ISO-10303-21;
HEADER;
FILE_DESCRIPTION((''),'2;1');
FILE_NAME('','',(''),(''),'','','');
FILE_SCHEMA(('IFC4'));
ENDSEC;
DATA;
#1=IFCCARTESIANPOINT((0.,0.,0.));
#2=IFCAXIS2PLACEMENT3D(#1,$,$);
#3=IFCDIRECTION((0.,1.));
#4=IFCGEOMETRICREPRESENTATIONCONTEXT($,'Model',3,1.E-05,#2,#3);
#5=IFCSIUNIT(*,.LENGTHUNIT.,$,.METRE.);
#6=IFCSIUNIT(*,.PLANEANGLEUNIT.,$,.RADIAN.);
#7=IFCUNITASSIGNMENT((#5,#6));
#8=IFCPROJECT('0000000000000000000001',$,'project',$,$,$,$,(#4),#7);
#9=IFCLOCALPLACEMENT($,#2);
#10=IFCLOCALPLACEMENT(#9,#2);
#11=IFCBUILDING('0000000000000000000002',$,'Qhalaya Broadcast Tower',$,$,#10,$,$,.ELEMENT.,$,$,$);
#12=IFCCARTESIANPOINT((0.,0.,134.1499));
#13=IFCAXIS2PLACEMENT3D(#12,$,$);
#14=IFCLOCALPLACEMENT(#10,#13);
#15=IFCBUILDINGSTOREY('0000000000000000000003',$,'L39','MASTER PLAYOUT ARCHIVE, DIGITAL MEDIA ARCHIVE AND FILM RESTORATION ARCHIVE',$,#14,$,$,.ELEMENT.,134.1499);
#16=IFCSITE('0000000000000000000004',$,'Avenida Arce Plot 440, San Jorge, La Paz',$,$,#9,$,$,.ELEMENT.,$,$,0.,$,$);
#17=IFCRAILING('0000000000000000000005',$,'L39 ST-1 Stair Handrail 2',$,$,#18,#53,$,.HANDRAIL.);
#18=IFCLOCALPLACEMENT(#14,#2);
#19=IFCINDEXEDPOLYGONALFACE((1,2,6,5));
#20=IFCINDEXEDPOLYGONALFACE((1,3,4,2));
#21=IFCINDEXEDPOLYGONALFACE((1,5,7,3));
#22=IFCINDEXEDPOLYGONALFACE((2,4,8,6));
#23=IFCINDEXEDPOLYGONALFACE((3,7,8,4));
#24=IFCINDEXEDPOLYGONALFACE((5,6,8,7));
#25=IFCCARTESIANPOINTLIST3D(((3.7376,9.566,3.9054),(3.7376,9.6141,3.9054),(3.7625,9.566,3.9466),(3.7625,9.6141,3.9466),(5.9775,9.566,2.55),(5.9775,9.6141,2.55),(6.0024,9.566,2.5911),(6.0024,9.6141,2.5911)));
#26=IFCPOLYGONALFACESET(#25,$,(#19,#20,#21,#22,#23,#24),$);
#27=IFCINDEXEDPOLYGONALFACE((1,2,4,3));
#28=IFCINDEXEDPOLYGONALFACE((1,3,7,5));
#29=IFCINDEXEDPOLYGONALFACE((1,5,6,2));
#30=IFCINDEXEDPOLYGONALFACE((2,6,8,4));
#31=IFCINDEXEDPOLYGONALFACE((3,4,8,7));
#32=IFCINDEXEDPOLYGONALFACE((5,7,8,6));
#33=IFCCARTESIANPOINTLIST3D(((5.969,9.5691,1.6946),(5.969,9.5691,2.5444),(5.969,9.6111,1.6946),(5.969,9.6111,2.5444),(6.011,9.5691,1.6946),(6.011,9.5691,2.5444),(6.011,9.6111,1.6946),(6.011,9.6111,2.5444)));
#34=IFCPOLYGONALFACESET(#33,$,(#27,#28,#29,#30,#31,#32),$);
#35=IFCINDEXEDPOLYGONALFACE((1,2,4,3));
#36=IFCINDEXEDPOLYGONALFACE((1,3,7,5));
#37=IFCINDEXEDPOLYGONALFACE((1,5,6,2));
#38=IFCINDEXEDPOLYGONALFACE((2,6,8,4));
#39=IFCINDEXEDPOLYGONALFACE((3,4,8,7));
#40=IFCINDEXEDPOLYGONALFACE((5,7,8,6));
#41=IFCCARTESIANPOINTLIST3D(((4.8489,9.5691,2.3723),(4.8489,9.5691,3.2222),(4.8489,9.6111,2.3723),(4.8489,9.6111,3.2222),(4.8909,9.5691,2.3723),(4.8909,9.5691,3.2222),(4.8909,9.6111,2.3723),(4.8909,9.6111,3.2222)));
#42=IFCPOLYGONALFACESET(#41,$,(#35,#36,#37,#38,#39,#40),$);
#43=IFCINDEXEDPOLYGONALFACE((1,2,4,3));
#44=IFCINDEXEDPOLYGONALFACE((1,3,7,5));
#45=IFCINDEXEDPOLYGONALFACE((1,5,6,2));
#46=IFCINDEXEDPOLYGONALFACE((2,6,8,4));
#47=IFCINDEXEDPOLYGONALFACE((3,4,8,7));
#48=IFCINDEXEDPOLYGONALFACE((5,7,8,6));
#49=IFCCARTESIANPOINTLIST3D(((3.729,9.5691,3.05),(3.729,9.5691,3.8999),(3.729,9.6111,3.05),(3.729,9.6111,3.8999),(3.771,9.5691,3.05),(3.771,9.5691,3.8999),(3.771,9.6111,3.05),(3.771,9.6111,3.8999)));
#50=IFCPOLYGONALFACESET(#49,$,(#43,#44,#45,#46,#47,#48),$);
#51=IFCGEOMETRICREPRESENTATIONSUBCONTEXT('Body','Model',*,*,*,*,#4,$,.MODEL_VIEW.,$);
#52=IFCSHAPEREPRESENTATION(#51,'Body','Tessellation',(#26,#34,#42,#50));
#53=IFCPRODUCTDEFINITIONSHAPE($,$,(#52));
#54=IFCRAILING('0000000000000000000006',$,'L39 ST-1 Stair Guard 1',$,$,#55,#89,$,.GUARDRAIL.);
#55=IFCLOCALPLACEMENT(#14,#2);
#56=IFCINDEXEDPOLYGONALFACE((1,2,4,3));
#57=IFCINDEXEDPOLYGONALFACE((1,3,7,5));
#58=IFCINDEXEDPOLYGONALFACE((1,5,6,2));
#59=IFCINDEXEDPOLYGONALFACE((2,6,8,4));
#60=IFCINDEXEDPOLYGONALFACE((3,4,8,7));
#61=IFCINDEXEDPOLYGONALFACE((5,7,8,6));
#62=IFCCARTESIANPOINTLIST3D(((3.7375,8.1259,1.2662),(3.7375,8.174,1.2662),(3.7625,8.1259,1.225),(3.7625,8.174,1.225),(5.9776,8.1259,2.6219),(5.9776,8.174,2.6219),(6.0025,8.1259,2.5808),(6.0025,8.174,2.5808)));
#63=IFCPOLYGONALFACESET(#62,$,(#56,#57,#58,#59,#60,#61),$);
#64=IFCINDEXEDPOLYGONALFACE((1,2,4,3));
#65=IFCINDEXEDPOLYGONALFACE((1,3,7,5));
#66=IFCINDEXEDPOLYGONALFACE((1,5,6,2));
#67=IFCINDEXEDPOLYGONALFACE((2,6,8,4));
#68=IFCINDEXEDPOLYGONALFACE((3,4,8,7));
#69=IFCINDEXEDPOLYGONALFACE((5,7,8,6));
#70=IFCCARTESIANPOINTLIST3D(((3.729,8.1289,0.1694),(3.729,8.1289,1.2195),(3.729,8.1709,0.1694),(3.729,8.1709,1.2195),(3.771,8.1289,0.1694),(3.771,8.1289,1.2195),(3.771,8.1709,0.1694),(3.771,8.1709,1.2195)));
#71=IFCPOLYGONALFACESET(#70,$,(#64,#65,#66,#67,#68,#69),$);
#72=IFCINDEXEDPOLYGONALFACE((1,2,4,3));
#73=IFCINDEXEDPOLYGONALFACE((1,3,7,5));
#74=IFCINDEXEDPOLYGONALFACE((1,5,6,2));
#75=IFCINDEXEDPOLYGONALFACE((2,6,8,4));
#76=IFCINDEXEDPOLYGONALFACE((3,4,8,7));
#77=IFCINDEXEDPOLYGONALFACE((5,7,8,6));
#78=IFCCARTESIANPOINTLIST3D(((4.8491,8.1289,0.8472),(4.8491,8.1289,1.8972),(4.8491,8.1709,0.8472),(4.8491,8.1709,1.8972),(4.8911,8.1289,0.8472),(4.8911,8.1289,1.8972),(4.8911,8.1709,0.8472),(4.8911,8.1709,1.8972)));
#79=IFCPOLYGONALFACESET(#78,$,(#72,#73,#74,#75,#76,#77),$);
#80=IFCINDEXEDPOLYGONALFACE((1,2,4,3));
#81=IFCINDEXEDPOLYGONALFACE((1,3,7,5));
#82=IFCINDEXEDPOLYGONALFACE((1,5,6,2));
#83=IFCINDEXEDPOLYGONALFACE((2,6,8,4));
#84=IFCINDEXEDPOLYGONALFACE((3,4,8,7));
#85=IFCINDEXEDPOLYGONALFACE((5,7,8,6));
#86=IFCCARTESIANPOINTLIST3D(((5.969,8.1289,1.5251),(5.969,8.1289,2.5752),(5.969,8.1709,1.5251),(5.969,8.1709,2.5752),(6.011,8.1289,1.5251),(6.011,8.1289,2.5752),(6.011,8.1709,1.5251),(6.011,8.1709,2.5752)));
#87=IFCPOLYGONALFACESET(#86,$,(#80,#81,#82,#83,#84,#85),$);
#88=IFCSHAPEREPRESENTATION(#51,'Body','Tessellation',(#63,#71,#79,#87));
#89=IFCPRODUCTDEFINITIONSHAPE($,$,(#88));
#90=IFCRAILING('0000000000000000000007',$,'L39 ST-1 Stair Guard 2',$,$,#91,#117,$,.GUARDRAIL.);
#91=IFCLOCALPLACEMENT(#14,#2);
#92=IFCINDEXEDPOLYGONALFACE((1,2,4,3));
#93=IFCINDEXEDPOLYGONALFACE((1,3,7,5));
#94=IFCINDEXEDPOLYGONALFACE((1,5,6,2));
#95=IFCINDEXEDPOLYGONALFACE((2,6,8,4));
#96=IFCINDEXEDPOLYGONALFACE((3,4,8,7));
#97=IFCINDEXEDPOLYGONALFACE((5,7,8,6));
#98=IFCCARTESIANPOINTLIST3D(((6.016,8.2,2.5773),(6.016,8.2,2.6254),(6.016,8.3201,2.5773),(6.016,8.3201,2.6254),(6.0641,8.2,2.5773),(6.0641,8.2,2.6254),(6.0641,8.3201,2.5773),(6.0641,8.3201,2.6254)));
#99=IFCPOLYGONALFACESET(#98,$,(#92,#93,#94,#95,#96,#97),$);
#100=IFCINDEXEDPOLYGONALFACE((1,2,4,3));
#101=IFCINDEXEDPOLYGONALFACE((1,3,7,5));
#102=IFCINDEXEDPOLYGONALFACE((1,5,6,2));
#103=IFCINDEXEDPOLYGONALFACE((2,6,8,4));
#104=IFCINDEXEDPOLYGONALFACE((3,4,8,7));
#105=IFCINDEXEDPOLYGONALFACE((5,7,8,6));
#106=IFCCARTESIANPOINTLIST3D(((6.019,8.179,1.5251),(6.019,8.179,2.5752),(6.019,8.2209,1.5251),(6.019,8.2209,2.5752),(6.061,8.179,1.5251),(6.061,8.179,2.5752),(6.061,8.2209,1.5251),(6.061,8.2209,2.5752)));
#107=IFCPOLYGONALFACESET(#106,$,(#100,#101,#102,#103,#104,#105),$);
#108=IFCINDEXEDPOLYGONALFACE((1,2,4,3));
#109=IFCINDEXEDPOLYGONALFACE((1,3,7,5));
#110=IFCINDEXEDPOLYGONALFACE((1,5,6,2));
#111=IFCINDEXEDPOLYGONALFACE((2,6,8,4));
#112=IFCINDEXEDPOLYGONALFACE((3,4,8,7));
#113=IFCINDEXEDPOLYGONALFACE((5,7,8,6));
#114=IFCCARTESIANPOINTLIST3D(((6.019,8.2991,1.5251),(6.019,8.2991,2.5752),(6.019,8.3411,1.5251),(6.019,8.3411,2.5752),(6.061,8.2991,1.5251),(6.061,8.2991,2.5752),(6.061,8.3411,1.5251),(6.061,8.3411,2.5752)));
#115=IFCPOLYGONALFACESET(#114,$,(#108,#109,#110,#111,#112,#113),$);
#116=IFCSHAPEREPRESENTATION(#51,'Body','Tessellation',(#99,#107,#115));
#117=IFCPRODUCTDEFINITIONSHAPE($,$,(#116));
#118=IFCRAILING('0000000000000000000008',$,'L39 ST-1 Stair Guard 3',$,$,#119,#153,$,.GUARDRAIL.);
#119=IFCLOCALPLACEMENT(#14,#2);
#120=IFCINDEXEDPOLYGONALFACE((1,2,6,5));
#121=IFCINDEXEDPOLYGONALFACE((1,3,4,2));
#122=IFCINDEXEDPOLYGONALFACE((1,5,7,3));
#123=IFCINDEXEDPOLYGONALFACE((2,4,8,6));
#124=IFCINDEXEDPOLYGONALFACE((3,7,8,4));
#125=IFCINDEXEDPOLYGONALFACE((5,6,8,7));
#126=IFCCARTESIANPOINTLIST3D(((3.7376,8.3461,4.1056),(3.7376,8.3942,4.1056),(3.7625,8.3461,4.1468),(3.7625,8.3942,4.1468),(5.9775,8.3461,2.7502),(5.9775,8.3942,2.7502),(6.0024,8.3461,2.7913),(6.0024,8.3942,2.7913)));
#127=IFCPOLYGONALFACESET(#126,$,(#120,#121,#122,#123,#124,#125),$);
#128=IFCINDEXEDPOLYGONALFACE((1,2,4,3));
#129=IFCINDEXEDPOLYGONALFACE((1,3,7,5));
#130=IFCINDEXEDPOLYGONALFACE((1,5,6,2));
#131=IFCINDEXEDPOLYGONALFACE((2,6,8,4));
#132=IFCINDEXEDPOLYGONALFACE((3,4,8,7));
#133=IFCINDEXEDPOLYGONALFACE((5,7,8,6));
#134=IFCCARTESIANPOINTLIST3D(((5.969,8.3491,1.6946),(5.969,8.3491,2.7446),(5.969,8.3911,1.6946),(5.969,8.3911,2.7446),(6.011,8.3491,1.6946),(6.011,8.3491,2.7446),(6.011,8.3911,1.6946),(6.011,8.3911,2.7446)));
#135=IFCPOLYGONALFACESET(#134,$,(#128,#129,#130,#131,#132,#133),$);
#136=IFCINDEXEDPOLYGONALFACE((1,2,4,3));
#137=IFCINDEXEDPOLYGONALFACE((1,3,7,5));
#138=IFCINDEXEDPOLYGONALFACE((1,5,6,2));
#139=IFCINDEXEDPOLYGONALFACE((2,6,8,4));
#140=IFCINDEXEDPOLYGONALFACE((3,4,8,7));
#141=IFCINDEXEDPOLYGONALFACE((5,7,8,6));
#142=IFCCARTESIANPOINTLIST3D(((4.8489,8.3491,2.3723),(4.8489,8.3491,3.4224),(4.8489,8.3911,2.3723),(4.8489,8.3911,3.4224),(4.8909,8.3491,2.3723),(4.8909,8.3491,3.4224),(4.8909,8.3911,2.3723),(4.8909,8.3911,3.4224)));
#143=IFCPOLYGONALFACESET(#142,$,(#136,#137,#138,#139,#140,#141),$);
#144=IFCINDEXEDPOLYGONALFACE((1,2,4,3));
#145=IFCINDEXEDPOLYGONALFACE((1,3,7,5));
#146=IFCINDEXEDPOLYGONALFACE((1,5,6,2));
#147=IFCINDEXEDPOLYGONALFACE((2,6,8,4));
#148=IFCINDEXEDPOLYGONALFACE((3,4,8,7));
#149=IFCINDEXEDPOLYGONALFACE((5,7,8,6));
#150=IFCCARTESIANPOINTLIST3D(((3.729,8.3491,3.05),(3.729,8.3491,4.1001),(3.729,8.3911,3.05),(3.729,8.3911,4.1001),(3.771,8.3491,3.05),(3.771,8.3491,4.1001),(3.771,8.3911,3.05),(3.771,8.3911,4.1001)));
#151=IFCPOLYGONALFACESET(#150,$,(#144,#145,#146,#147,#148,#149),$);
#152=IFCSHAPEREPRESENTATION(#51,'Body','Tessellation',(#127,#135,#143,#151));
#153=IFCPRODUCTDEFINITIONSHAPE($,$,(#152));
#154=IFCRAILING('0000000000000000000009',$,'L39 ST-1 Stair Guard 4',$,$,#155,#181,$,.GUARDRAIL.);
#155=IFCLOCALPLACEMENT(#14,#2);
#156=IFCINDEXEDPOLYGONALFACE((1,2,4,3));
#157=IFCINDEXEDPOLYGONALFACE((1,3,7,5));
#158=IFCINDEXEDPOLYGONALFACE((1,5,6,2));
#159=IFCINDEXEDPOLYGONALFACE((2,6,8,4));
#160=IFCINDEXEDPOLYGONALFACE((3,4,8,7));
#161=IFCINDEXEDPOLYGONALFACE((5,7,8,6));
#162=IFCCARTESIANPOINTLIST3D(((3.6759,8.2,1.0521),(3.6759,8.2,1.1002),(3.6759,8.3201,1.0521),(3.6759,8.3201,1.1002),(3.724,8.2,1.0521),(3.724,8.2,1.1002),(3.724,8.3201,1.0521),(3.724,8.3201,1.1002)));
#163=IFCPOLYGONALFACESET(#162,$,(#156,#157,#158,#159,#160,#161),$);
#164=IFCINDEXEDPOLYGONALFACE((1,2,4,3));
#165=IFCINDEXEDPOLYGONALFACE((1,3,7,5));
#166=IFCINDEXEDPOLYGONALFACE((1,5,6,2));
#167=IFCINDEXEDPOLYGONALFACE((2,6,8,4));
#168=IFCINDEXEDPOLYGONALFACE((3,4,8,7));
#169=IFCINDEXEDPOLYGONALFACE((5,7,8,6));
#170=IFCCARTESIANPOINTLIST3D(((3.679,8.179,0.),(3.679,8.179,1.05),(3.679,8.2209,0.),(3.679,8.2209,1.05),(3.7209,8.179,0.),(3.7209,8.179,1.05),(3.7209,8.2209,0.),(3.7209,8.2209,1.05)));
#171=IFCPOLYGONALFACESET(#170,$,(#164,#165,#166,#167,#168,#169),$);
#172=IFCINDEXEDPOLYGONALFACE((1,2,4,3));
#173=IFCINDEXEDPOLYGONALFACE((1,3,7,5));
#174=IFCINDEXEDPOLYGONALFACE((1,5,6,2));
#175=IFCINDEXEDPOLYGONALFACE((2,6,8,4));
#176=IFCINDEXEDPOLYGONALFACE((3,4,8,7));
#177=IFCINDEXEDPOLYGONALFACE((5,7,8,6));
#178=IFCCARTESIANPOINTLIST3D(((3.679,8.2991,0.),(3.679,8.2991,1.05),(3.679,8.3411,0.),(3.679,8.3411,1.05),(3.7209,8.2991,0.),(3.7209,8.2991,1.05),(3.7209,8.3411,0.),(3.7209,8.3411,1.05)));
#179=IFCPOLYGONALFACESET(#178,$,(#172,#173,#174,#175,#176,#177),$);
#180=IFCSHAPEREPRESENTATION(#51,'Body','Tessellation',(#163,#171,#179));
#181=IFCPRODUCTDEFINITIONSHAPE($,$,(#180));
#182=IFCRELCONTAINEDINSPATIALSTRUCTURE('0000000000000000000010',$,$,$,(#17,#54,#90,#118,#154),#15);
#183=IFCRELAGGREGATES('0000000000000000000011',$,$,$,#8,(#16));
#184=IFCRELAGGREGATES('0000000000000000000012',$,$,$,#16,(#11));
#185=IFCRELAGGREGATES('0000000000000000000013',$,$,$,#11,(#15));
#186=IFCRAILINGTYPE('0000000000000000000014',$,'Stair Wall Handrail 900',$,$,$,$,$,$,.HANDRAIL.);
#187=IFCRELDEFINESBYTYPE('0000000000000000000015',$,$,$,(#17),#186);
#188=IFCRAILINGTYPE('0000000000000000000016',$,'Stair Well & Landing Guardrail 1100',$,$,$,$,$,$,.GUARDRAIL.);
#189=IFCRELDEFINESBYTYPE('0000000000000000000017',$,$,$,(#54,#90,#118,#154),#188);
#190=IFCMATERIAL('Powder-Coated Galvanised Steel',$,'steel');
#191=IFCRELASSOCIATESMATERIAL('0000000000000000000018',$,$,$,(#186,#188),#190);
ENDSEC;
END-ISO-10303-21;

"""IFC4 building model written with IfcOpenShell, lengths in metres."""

from ifc_helpers import new_model, si_unit, direction, frame, origin, origin_2d, place, context, subcontext, project, spatial, rectangle, extrude, material, type_object, element, save


model = new_model("IFC4")

# Units and contexts
model_context = context("Model", 3, precision=1e-05, world=origin(), true_north=direction((0.0, 1.0)))
body_context = subcontext(model_context, "Body", "Model", "MODEL_VIEW")
ifc_project = project(units=[si_unit("LENGTHUNIT", "METRE"), si_unit("PLANEANGLEUNIT", "RADIAN")], contexts=[model_context])

# Site, building, storey
site_placement = place(None, origin())
site = spatial("IfcSite", under=ifc_project, at=site_placement, Name="Avenida Arce Plot 440, San Jorge, La Paz", CompositionType="ELEMENT", RefElevation=0.0)
building_placement = place(site_placement, origin())
building = spatial("IfcBuilding", under=site, at=building_placement, Name="Qhalaya Broadcast Tower", CompositionType="ELEMENT")
storey_placement = place(building_placement, frame((0.0, 0.0, 134.1499)))
storey = spatial("IfcBuildingStorey", under=building, at=storey_placement, Name="L39", Description="MASTER PLAYOUT ARCHIVE, DIGITAL MEDIA ARCHIVE AND FILM RESTORATION ARCHIVE", CompositionType="ELEMENT", Elevation=134.1499)

# Railings
ifc_material_1 = material(Name="Powder-Coated Galvanised Steel", Category="steel")
railing_type_1 = type_object("IfcRailingType", Name="Stair Wall Handrail 900", PredefinedType="HANDRAIL", material=ifc_material_1)
railing_1_placement = place(storey_placement, frame((5.99, 9.5901, 1.6946)))
element("IfcRailing", 1, at=railing_1_placement, inside=storey, type_object=railing_type_1, Name="L39 ST-1 Stair Handrail 2", PredefinedType="HANDRAIL", context=body_context, shape_type="SweptSolid", body=[
    extrude(rectangle(XDim=0.0481, YDim=0.0481, at=origin_2d()), frame((0.0, 0.0, 0.876), z_axis=(-0.855553, 0.0, 0.517715), x_axis=(0.0, -1.0, 0.0)), (0.0, 0.0, 1.0), 2.6182),
    extrude(rectangle(XDim=0.042, YDim=0.042, at=origin_2d()), origin(), (0.0, 0.0, 1.0), 0.8499),
    extrude(rectangle(XDim=0.042, YDim=0.042, at=origin_2d()), frame((-1.1201, 0.0, 0.6777)), (0.0, 0.0, 1.0), 0.8499),
    extrude(rectangle(XDim=0.042, YDim=0.042, at=origin_2d()), frame((-2.24, 0.0, 1.3555)), (0.0, 0.0, 1.0), 0.8499),
])
railing_type_2 = type_object("IfcRailingType", Name="Stair Well & Landing Guardrail 1100", PredefinedType="GUARDRAIL", material=ifc_material_1)
railing_2_placement = place(storey_placement, frame((3.75, 8.1499, 0.1694)))
element("IfcRailing", 2, at=railing_2_placement, inside=storey, type_object=railing_type_2, Name="L39 ST-1 Stair Guard 1", PredefinedType="GUARDRAIL", context=body_context, shape_type="SweptSolid", body=[
    extrude(rectangle(XDim=0.0481, YDim=0.0481, at=origin_2d()), frame((0.0, 0.0, 1.0762), z_axis=(0.855512, 0.0, 0.517783), x_axis=(0.0, 1.0, 0.0)), (0.0, 0.0, 1.0), 2.6184),
    extrude(rectangle(XDim=0.042, YDim=0.042, at=origin_2d()), origin(), (0.0, 0.0, 1.0), 1.05),
    extrude(rectangle(XDim=0.042, YDim=0.042, at=origin_2d()), frame((1.1201, 0.0, 0.6777)), (0.0, 0.0, 1.0), 1.05),
    extrude(rectangle(XDim=0.042, YDim=0.042, at=origin_2d()), frame((2.24, 0.0, 1.3557)), (0.0, 0.0, 1.0), 1.05),
])
railing_3_placement = place(storey_placement, frame((6.04, 8.2, 1.5251)))
element("IfcRailing", 3, at=railing_3_placement, inside=storey, type_object=railing_type_2, Name="L39 ST-1 Stair Guard 2", PredefinedType="GUARDRAIL", context=body_context, shape_type="SweptSolid", body=[
    extrude(rectangle(XDim=0.0481, YDim=0.0481, at=origin_2d()), frame((0.0, 0.0, 1.0762), z_axis=(0.0, 1.0, 0.0), x_axis=(-1.0, 0.0, 0.0)), (0.0, 0.0, 1.0), 0.1201),
    extrude(rectangle(XDim=0.042, YDim=0.042, at=origin_2d()), origin(), (0.0, 0.0, 1.0), 1.05),
    extrude(rectangle(XDim=0.042, YDim=0.042, at=origin_2d()), frame((0.0, 0.1201, 0.0)), (0.0, 0.0, 1.0), 1.05),
])
railing_4_placement = place(storey_placement, frame((5.99, 8.3701, 1.6946)))
element("IfcRailing", 4, at=railing_4_placement, inside=storey, type_object=railing_type_2, Name="L39 ST-1 Stair Guard 3", PredefinedType="GUARDRAIL", context=body_context, shape_type="SweptSolid", body=[
    extrude(rectangle(XDim=0.0481, YDim=0.0481, at=origin_2d()), frame((0.0, 0.0, 1.0762), z_axis=(-0.855553, 0.0, 0.517715), x_axis=(0.0, -1.0, 0.0)), (0.0, 0.0, 1.0), 2.6182),
    extrude(rectangle(XDim=0.042, YDim=0.042, at=origin_2d()), origin(), (0.0, 0.0, 1.0), 1.05),
    extrude(rectangle(XDim=0.042, YDim=0.042, at=origin_2d()), frame((-1.1201, 0.0, 0.6777)), (0.0, 0.0, 1.0), 1.05),
    extrude(rectangle(XDim=0.042, YDim=0.042, at=origin_2d()), frame((-2.24, 0.0, 1.3555)), (0.0, 0.0, 1.0), 1.05),
])
railing_5_placement = place(storey_placement, frame((3.7, 8.2, 0.0)))
element("IfcRailing", 5, at=railing_5_placement, inside=storey, type_object=railing_type_2, Name="L39 ST-1 Stair Guard 4", PredefinedType="GUARDRAIL", context=body_context, shape_type="SweptSolid", body=[
    extrude(rectangle(XDim=0.0481, YDim=0.0481, at=origin_2d()), frame((0.0, 0.0, 1.0762), z_axis=(0.0, 1.0, 0.0), x_axis=(-1.0, 0.0, 0.0)), (0.0, 0.0, 1.0), 0.1201),
    extrude(rectangle(XDim=0.042, YDim=0.042, at=origin_2d()), origin(), (0.0, 0.0, 1.0), 1.05),
    extrude(rectangle(XDim=0.042, YDim=0.042, at=origin_2d()), frame((0.0, 0.1201, 0.0)), (0.0, 0.0, 1.0), 1.05),
])

save(model, "model.ifc")
